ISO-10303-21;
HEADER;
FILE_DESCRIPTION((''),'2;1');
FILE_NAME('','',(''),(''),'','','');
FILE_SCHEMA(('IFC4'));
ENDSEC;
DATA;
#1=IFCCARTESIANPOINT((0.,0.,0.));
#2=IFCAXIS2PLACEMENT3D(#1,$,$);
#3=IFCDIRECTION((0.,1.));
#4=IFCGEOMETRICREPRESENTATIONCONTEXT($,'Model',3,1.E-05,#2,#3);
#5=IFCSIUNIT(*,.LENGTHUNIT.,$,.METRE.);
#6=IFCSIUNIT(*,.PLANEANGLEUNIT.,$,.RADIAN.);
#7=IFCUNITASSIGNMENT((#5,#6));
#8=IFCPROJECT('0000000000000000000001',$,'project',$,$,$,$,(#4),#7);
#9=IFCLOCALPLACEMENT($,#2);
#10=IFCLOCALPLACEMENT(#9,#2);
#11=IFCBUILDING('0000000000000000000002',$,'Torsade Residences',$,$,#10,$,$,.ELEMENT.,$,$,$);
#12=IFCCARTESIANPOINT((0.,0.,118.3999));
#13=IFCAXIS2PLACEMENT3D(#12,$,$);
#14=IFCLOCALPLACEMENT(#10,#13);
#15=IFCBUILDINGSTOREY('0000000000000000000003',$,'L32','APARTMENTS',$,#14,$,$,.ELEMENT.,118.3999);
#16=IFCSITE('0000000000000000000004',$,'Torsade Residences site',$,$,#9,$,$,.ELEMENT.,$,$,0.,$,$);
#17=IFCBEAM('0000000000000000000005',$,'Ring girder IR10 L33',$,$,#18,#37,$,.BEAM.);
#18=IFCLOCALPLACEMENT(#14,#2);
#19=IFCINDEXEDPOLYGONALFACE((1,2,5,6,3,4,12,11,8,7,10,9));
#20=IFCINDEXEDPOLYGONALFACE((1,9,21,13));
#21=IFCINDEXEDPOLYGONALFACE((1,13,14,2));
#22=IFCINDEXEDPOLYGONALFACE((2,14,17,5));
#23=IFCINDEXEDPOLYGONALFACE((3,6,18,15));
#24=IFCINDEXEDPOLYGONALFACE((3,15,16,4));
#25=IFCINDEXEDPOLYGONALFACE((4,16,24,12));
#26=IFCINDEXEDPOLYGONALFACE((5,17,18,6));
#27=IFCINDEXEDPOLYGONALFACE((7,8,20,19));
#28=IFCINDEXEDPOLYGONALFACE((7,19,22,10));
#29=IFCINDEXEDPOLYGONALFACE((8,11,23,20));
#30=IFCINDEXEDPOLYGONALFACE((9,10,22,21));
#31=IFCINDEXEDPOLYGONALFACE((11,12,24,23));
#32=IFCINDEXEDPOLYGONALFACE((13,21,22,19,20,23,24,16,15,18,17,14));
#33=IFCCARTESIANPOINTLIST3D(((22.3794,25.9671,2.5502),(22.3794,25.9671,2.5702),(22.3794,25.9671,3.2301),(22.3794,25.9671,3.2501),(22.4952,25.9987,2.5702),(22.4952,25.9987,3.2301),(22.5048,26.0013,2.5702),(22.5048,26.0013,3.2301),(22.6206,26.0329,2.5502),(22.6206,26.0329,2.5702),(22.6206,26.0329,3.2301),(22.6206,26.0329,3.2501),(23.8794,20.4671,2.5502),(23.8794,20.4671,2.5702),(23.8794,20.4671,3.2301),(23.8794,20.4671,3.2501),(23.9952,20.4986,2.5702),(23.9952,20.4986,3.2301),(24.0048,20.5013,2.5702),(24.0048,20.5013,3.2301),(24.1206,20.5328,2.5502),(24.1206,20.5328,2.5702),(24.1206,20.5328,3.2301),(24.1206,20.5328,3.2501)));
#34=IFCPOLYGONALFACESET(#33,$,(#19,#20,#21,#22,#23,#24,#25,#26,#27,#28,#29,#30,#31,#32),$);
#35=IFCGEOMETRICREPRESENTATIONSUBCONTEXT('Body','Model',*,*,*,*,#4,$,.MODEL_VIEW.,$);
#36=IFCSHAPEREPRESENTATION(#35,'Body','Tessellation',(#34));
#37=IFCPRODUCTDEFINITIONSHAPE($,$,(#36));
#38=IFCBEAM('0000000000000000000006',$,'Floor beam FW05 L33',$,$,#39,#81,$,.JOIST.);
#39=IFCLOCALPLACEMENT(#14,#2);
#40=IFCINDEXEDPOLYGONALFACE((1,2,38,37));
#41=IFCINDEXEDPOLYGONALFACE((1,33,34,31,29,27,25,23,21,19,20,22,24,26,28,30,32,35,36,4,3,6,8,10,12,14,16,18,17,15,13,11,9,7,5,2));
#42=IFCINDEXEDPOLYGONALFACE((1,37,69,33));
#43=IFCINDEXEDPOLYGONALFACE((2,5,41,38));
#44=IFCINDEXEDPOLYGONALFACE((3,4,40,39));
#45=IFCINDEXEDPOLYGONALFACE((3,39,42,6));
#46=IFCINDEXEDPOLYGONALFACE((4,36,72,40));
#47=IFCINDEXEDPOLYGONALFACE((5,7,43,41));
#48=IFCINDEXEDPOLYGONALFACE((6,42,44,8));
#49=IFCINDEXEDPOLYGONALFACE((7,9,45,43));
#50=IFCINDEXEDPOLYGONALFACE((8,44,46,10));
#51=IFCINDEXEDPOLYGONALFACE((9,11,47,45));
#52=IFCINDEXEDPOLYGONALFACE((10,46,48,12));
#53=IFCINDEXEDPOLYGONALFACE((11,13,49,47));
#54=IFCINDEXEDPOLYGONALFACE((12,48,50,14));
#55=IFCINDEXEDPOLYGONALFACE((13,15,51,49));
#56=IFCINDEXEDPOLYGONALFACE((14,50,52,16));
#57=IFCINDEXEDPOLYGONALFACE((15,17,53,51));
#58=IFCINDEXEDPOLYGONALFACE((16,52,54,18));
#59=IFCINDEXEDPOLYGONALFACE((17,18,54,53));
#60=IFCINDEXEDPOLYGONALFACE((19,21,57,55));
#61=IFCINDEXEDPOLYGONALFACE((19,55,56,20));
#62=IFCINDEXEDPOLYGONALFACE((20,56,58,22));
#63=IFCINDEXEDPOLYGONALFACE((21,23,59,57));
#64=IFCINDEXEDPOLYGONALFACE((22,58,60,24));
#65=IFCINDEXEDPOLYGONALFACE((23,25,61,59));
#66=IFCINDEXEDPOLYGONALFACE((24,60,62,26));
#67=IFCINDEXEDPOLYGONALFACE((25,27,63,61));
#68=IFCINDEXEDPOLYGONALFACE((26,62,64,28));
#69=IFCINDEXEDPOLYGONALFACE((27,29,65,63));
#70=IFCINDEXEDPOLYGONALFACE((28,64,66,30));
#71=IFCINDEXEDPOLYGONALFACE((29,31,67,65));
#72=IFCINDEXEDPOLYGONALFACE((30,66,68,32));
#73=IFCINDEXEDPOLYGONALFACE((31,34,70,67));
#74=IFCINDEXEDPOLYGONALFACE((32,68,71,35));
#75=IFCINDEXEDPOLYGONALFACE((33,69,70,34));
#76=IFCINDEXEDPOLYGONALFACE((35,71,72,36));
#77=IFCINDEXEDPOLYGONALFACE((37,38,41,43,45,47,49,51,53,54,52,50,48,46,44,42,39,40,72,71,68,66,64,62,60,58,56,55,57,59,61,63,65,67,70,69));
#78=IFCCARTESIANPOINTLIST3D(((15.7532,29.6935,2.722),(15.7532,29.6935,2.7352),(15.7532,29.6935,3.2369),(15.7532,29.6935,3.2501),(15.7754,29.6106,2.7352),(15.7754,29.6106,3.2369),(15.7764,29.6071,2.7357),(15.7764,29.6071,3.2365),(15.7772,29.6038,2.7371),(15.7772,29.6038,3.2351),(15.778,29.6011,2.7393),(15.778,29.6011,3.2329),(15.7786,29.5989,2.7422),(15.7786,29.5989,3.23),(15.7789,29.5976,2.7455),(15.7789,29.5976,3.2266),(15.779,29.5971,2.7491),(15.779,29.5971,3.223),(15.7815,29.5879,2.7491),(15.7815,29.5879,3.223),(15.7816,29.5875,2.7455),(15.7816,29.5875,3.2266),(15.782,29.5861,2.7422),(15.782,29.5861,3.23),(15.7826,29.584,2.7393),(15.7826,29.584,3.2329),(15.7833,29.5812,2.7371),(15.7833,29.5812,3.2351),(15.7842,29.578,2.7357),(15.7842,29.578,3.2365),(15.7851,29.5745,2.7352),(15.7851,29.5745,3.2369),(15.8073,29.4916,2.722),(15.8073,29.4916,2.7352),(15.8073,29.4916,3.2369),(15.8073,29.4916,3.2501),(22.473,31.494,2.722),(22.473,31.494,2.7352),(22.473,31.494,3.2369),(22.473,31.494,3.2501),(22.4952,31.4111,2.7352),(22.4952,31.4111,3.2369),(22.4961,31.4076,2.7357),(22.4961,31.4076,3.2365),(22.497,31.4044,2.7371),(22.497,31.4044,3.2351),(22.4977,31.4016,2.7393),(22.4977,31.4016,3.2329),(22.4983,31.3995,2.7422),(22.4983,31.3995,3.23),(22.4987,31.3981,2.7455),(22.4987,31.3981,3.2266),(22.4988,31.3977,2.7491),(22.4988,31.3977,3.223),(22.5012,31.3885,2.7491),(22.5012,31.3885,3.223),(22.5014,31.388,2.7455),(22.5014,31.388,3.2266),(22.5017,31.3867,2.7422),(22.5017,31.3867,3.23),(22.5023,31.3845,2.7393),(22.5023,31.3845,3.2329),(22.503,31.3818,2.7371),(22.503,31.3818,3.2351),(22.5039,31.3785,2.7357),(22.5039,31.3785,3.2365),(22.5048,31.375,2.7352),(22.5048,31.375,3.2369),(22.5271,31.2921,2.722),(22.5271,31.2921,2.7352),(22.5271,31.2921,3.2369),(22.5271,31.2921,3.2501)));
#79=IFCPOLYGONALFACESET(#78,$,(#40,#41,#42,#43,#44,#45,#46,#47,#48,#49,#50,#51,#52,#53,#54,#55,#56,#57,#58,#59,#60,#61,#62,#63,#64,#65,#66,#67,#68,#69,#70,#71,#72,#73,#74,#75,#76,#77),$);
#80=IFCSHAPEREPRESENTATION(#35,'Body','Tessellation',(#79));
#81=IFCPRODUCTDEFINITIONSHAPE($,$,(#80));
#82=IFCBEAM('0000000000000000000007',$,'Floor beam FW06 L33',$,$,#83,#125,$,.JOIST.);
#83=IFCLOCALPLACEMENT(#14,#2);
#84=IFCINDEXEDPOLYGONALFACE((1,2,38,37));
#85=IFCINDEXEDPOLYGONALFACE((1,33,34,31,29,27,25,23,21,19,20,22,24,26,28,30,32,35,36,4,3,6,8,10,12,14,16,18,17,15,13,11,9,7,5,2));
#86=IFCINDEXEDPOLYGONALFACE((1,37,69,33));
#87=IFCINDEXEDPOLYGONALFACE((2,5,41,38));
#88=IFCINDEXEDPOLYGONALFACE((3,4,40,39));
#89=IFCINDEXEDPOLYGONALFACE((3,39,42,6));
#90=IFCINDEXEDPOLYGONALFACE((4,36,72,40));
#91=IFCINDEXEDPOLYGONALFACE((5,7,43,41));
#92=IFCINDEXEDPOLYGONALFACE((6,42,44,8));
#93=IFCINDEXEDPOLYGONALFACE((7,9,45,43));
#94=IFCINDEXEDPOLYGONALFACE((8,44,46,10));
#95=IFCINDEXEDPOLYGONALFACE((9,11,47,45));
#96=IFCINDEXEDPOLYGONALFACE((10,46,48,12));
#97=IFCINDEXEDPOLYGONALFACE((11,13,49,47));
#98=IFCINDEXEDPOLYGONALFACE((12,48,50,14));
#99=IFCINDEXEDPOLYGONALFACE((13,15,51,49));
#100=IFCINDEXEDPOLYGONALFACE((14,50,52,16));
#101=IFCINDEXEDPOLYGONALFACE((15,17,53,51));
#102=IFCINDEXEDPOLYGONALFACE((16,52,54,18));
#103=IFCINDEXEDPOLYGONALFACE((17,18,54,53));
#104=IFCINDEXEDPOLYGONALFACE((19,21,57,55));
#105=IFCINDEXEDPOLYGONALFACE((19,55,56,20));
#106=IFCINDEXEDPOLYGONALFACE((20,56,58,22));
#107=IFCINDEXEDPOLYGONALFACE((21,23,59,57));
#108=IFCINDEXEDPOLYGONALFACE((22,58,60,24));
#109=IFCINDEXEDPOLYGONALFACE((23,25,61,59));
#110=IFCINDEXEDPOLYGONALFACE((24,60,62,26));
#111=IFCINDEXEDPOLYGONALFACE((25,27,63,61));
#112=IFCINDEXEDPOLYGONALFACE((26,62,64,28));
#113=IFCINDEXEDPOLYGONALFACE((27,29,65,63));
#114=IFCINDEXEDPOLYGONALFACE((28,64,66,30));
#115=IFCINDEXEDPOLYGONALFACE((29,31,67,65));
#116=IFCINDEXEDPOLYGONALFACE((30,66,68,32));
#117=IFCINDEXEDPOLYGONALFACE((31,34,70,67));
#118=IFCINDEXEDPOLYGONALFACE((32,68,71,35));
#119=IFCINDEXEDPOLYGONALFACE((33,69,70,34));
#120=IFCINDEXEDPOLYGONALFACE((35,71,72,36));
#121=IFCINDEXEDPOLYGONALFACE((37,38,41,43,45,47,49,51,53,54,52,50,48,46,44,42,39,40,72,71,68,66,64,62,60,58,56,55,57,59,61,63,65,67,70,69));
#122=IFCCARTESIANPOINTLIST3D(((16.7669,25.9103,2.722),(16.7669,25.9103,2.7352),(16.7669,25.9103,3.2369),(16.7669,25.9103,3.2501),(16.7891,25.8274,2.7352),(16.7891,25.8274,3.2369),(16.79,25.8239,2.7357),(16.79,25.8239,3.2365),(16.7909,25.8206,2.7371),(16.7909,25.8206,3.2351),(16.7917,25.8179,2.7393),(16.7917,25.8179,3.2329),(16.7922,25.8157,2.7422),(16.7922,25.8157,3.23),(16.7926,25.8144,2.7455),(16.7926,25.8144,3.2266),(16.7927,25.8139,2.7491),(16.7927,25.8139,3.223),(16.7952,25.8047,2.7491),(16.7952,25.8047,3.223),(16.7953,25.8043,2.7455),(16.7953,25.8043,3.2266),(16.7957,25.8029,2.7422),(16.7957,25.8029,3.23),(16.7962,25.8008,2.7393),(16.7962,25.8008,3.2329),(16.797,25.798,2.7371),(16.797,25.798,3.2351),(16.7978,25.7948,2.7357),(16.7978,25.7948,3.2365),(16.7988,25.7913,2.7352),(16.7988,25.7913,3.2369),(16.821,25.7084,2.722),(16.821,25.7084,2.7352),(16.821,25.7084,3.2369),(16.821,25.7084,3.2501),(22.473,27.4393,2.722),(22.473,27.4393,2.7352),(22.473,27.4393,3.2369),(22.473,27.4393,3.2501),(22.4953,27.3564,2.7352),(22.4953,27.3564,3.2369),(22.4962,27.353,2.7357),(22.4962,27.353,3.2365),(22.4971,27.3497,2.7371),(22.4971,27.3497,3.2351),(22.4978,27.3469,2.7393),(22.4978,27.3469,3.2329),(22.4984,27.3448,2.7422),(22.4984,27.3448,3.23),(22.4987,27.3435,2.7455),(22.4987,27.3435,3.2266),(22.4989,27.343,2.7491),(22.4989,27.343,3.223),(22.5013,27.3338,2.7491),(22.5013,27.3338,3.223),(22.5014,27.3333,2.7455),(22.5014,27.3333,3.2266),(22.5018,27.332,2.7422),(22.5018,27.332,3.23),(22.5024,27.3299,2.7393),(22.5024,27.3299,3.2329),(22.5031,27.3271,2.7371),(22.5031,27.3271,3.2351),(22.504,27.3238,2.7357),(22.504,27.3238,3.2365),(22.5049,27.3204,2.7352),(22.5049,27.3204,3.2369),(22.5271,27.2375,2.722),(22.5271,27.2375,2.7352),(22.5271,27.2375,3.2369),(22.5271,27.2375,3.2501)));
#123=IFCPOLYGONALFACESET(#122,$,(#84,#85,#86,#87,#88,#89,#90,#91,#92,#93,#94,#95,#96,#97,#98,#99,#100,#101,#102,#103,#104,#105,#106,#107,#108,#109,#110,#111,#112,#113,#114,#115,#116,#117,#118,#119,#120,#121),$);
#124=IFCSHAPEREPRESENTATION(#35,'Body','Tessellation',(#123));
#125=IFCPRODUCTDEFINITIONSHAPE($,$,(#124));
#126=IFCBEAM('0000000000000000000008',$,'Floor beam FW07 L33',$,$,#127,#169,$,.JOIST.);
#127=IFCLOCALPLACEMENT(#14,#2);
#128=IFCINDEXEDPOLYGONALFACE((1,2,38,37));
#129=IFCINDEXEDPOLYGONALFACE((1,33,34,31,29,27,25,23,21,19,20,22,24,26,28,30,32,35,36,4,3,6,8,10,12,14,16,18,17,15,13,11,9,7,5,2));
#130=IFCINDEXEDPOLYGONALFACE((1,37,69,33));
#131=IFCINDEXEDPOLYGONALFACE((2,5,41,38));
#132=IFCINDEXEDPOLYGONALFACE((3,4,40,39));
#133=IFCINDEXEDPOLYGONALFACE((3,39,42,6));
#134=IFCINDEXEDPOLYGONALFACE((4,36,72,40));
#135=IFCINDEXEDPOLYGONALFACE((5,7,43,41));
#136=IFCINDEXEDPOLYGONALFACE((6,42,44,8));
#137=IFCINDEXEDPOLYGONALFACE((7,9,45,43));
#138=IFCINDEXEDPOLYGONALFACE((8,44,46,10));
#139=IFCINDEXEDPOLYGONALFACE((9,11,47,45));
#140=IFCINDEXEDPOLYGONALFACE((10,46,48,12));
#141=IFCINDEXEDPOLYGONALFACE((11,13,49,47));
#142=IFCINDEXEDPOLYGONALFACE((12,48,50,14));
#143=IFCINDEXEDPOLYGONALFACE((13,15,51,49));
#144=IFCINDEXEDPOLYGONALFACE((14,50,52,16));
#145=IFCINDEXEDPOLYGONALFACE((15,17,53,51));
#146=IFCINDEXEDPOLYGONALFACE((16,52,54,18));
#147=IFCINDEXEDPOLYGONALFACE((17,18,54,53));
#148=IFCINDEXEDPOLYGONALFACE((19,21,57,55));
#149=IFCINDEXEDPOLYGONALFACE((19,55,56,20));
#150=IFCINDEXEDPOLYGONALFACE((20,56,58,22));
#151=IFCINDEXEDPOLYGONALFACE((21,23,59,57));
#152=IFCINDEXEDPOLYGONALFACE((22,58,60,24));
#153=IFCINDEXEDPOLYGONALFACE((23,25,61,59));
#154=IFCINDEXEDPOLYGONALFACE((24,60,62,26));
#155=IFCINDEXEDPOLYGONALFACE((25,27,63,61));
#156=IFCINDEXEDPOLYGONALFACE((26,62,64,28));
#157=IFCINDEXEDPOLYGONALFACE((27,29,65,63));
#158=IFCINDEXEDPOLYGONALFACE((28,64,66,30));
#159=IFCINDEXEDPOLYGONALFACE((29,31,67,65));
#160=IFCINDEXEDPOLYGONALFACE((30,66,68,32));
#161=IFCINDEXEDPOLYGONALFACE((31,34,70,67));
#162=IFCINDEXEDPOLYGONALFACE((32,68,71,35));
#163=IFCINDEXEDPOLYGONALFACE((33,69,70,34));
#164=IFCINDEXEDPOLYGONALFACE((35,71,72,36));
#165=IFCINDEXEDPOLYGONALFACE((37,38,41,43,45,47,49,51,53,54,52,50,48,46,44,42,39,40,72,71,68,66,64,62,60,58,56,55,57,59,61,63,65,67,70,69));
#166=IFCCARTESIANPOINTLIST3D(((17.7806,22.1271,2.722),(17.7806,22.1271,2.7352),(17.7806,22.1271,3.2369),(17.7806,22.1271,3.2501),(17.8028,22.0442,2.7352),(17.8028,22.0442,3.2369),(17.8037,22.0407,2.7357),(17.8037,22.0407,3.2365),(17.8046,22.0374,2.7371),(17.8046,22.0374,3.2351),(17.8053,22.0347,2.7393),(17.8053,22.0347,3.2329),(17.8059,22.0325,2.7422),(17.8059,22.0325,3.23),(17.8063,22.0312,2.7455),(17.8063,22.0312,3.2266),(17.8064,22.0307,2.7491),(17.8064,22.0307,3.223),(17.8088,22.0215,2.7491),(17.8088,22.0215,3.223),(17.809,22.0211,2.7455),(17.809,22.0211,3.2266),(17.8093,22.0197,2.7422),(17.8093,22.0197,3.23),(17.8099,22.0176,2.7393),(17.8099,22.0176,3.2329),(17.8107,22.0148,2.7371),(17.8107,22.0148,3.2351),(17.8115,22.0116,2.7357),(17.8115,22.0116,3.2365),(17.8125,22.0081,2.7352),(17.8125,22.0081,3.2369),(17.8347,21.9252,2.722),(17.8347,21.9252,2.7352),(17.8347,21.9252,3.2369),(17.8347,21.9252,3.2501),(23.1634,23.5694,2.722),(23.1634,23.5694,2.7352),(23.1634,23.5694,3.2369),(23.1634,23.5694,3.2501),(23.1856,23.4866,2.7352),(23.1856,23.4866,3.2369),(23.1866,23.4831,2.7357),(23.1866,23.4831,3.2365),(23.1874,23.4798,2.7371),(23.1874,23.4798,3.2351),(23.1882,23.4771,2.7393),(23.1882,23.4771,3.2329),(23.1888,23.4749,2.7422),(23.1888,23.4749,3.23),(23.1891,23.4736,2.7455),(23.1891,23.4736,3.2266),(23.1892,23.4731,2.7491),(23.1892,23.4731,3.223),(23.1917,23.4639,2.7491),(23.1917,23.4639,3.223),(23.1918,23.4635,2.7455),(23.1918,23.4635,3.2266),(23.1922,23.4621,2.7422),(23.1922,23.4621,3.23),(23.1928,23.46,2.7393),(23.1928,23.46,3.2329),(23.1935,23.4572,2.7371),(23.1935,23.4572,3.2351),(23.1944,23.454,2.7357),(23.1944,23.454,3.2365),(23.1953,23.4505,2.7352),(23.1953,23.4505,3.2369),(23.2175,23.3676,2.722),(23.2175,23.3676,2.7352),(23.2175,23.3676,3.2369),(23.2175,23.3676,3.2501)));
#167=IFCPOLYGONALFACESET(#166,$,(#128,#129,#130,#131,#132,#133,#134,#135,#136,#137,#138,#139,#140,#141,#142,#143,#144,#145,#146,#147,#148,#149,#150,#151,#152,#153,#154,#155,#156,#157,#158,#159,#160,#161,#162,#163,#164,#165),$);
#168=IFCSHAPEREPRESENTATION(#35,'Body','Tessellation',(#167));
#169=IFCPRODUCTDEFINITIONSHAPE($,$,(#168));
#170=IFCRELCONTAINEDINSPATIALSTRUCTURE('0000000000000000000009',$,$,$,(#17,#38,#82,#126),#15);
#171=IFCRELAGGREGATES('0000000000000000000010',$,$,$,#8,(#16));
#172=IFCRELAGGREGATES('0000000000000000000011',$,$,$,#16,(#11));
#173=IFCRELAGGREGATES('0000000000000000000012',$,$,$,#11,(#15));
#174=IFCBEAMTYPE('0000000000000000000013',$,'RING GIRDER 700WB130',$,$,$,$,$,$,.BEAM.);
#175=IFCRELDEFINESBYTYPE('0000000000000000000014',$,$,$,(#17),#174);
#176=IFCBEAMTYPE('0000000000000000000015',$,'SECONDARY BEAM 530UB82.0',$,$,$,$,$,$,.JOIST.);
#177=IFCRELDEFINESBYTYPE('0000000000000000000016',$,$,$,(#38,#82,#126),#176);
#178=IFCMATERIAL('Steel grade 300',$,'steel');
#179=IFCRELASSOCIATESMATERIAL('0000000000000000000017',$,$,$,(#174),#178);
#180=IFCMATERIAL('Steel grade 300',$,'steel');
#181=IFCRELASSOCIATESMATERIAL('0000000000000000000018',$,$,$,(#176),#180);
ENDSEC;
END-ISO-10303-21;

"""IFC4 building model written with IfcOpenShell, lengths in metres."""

from ifc_helpers import new_model, si_unit, direction, frame, origin, origin_2d, place, context, subcontext, project, spatial, i_section, extrude, material, material_profile, profile_set, type_object, element, save


model = new_model("IFC4")

# Units and contexts
model_context = context("Model", 3, precision=1e-05, world=origin(), true_north=direction((0.0, 1.0)))
body_context = subcontext(model_context, "Body", "Model", "MODEL_VIEW")
ifc_project = project(units=[si_unit("LENGTHUNIT", "METRE"), si_unit("PLANEANGLEUNIT", "RADIAN")], contexts=[model_context])

# Site, building, storey
site_placement = place(None, origin())
site = spatial("IfcSite", under=ifc_project, at=site_placement, Name="Torsade Residences site", CompositionType="ELEMENT", RefElevation=0.0)
building_placement = place(site_placement, origin())
building = spatial("IfcBuilding", under=site, at=building_placement, Name="Torsade Residences", CompositionType="ELEMENT")
storey_placement = place(building_placement, frame((0.0, 0.0, 118.3999)))
storey = spatial("IfcBuildingStorey", under=building, at=storey_placement, Name="L32", Description="APARTMENTS", CompositionType="ELEMENT", Elevation=118.3999)

# Beams
ifc_material_1 = material(Name="Steel grade 300", Category="steel")
ifc_material_profile_1 = material_profile(ifc_material_1, i_section(OverallWidth=0.25, OverallDepth=0.7, WebThickness=0.01, FlangeThickness=0.02, at=origin_2d()), Name="700WB130")
ifc_profile_set_1 = profile_set([ifc_material_profile_1], Name="Steel grade 300")
beam_type_1 = type_object("IfcBeamType", Name="RING GIRDER 700WB130", PredefinedType="BEAM", material=ifc_profile_set_1)
beam_1_placement = place(storey_placement, frame((22.5, 26.0, 2.9001), z_axis=(0.263117, -0.964764, 0.0), x_axis=(0.964764, 0.263117, 0.0)))
element("IfcBeam", 1, at=beam_1_placement, inside=storey, type_object=beam_type_1, Name="Ring girder IR10 L33", PredefinedType="BEAM", context=body_context, shape_type="SweptSolid", body=[
    extrude(i_section(OverallWidth=0.25, OverallDepth=0.7, WebThickness=0.01, FlangeThickness=0.02, at=origin_2d()), origin(), (0.0, 0.0, 1.0), 5.7009),
])
ifc_material_2 = material(Name="Steel grade 300", Category="steel")
ifc_material_profile_2 = material_profile(ifc_material_2, i_section(OverallWidth=0.209, OverallDepth=0.5281, WebThickness=0.0095, FlangeThickness=0.0132, FilletRadius=0.0139, at=origin_2d()), Name="530UB82.0")
ifc_profile_set_2 = profile_set([ifc_material_profile_2], Name="Steel grade 300")
beam_type_2 = type_object("IfcBeamType", Name="SECONDARY BEAM 530UB82.0", PredefinedType="JOIST", material=ifc_profile_set_2)
beam_2_placement = place(storey_placement, frame((15.7803, 29.5925, 2.9861), z_axis=(0.965926, 0.258818, 0.0), x_axis=(-0.258818, 0.965926, 0.0)))
element("IfcBeam", 2, at=beam_2_placement, inside=storey, type_object=beam_type_2, Name="Floor beam FW05 L33", PredefinedType="JOIST", context=body_context, shape_type="SweptSolid", body=[
    extrude(i_section(OverallWidth=0.209, OverallDepth=0.5281, WebThickness=0.0095, FlangeThickness=0.0132, FilletRadius=0.0139, at=origin_2d()), origin(), (0.0, 0.0, 1.0), 6.9568),
])
beam_3_placement = place(storey_placement, frame((16.7939, 25.8093, 2.9861), z_axis=(0.965921, 0.258838, 0.0), x_axis=(-0.258838, 0.965921, 0.0)))
element("IfcBeam", 3, at=beam_3_placement, inside=storey, type_object=beam_type_2, Name="Floor beam FW06 L33", PredefinedType="JOIST", context=body_context, shape_type="SweptSolid", body=[
    extrude(i_section(OverallWidth=0.209, OverallDepth=0.5281, WebThickness=0.0095, FlangeThickness=0.0132, FilletRadius=0.0139, at=origin_2d()), origin(), (0.0, 0.0, 1.0), 5.9075),
])
beam_4_placement = place(storey_placement, frame((17.8076, 22.0261, 2.9861), z_axis=(0.965923, 0.25883, 0.0), x_axis=(-0.25883, 0.965923, 0.0)))
element("IfcBeam", 4, at=beam_4_placement, inside=storey, type_object=beam_type_2, Name="Floor beam FW07 L33", PredefinedType="JOIST", context=body_context, shape_type="SweptSolid", body=[
    extrude(i_section(OverallWidth=0.209, OverallDepth=0.5281, WebThickness=0.0095, FlangeThickness=0.0132, FilletRadius=0.0139, at=origin_2d()), origin(), (0.0, 0.0, 1.0), 5.5728),
])

save(model, "model.ifc")
